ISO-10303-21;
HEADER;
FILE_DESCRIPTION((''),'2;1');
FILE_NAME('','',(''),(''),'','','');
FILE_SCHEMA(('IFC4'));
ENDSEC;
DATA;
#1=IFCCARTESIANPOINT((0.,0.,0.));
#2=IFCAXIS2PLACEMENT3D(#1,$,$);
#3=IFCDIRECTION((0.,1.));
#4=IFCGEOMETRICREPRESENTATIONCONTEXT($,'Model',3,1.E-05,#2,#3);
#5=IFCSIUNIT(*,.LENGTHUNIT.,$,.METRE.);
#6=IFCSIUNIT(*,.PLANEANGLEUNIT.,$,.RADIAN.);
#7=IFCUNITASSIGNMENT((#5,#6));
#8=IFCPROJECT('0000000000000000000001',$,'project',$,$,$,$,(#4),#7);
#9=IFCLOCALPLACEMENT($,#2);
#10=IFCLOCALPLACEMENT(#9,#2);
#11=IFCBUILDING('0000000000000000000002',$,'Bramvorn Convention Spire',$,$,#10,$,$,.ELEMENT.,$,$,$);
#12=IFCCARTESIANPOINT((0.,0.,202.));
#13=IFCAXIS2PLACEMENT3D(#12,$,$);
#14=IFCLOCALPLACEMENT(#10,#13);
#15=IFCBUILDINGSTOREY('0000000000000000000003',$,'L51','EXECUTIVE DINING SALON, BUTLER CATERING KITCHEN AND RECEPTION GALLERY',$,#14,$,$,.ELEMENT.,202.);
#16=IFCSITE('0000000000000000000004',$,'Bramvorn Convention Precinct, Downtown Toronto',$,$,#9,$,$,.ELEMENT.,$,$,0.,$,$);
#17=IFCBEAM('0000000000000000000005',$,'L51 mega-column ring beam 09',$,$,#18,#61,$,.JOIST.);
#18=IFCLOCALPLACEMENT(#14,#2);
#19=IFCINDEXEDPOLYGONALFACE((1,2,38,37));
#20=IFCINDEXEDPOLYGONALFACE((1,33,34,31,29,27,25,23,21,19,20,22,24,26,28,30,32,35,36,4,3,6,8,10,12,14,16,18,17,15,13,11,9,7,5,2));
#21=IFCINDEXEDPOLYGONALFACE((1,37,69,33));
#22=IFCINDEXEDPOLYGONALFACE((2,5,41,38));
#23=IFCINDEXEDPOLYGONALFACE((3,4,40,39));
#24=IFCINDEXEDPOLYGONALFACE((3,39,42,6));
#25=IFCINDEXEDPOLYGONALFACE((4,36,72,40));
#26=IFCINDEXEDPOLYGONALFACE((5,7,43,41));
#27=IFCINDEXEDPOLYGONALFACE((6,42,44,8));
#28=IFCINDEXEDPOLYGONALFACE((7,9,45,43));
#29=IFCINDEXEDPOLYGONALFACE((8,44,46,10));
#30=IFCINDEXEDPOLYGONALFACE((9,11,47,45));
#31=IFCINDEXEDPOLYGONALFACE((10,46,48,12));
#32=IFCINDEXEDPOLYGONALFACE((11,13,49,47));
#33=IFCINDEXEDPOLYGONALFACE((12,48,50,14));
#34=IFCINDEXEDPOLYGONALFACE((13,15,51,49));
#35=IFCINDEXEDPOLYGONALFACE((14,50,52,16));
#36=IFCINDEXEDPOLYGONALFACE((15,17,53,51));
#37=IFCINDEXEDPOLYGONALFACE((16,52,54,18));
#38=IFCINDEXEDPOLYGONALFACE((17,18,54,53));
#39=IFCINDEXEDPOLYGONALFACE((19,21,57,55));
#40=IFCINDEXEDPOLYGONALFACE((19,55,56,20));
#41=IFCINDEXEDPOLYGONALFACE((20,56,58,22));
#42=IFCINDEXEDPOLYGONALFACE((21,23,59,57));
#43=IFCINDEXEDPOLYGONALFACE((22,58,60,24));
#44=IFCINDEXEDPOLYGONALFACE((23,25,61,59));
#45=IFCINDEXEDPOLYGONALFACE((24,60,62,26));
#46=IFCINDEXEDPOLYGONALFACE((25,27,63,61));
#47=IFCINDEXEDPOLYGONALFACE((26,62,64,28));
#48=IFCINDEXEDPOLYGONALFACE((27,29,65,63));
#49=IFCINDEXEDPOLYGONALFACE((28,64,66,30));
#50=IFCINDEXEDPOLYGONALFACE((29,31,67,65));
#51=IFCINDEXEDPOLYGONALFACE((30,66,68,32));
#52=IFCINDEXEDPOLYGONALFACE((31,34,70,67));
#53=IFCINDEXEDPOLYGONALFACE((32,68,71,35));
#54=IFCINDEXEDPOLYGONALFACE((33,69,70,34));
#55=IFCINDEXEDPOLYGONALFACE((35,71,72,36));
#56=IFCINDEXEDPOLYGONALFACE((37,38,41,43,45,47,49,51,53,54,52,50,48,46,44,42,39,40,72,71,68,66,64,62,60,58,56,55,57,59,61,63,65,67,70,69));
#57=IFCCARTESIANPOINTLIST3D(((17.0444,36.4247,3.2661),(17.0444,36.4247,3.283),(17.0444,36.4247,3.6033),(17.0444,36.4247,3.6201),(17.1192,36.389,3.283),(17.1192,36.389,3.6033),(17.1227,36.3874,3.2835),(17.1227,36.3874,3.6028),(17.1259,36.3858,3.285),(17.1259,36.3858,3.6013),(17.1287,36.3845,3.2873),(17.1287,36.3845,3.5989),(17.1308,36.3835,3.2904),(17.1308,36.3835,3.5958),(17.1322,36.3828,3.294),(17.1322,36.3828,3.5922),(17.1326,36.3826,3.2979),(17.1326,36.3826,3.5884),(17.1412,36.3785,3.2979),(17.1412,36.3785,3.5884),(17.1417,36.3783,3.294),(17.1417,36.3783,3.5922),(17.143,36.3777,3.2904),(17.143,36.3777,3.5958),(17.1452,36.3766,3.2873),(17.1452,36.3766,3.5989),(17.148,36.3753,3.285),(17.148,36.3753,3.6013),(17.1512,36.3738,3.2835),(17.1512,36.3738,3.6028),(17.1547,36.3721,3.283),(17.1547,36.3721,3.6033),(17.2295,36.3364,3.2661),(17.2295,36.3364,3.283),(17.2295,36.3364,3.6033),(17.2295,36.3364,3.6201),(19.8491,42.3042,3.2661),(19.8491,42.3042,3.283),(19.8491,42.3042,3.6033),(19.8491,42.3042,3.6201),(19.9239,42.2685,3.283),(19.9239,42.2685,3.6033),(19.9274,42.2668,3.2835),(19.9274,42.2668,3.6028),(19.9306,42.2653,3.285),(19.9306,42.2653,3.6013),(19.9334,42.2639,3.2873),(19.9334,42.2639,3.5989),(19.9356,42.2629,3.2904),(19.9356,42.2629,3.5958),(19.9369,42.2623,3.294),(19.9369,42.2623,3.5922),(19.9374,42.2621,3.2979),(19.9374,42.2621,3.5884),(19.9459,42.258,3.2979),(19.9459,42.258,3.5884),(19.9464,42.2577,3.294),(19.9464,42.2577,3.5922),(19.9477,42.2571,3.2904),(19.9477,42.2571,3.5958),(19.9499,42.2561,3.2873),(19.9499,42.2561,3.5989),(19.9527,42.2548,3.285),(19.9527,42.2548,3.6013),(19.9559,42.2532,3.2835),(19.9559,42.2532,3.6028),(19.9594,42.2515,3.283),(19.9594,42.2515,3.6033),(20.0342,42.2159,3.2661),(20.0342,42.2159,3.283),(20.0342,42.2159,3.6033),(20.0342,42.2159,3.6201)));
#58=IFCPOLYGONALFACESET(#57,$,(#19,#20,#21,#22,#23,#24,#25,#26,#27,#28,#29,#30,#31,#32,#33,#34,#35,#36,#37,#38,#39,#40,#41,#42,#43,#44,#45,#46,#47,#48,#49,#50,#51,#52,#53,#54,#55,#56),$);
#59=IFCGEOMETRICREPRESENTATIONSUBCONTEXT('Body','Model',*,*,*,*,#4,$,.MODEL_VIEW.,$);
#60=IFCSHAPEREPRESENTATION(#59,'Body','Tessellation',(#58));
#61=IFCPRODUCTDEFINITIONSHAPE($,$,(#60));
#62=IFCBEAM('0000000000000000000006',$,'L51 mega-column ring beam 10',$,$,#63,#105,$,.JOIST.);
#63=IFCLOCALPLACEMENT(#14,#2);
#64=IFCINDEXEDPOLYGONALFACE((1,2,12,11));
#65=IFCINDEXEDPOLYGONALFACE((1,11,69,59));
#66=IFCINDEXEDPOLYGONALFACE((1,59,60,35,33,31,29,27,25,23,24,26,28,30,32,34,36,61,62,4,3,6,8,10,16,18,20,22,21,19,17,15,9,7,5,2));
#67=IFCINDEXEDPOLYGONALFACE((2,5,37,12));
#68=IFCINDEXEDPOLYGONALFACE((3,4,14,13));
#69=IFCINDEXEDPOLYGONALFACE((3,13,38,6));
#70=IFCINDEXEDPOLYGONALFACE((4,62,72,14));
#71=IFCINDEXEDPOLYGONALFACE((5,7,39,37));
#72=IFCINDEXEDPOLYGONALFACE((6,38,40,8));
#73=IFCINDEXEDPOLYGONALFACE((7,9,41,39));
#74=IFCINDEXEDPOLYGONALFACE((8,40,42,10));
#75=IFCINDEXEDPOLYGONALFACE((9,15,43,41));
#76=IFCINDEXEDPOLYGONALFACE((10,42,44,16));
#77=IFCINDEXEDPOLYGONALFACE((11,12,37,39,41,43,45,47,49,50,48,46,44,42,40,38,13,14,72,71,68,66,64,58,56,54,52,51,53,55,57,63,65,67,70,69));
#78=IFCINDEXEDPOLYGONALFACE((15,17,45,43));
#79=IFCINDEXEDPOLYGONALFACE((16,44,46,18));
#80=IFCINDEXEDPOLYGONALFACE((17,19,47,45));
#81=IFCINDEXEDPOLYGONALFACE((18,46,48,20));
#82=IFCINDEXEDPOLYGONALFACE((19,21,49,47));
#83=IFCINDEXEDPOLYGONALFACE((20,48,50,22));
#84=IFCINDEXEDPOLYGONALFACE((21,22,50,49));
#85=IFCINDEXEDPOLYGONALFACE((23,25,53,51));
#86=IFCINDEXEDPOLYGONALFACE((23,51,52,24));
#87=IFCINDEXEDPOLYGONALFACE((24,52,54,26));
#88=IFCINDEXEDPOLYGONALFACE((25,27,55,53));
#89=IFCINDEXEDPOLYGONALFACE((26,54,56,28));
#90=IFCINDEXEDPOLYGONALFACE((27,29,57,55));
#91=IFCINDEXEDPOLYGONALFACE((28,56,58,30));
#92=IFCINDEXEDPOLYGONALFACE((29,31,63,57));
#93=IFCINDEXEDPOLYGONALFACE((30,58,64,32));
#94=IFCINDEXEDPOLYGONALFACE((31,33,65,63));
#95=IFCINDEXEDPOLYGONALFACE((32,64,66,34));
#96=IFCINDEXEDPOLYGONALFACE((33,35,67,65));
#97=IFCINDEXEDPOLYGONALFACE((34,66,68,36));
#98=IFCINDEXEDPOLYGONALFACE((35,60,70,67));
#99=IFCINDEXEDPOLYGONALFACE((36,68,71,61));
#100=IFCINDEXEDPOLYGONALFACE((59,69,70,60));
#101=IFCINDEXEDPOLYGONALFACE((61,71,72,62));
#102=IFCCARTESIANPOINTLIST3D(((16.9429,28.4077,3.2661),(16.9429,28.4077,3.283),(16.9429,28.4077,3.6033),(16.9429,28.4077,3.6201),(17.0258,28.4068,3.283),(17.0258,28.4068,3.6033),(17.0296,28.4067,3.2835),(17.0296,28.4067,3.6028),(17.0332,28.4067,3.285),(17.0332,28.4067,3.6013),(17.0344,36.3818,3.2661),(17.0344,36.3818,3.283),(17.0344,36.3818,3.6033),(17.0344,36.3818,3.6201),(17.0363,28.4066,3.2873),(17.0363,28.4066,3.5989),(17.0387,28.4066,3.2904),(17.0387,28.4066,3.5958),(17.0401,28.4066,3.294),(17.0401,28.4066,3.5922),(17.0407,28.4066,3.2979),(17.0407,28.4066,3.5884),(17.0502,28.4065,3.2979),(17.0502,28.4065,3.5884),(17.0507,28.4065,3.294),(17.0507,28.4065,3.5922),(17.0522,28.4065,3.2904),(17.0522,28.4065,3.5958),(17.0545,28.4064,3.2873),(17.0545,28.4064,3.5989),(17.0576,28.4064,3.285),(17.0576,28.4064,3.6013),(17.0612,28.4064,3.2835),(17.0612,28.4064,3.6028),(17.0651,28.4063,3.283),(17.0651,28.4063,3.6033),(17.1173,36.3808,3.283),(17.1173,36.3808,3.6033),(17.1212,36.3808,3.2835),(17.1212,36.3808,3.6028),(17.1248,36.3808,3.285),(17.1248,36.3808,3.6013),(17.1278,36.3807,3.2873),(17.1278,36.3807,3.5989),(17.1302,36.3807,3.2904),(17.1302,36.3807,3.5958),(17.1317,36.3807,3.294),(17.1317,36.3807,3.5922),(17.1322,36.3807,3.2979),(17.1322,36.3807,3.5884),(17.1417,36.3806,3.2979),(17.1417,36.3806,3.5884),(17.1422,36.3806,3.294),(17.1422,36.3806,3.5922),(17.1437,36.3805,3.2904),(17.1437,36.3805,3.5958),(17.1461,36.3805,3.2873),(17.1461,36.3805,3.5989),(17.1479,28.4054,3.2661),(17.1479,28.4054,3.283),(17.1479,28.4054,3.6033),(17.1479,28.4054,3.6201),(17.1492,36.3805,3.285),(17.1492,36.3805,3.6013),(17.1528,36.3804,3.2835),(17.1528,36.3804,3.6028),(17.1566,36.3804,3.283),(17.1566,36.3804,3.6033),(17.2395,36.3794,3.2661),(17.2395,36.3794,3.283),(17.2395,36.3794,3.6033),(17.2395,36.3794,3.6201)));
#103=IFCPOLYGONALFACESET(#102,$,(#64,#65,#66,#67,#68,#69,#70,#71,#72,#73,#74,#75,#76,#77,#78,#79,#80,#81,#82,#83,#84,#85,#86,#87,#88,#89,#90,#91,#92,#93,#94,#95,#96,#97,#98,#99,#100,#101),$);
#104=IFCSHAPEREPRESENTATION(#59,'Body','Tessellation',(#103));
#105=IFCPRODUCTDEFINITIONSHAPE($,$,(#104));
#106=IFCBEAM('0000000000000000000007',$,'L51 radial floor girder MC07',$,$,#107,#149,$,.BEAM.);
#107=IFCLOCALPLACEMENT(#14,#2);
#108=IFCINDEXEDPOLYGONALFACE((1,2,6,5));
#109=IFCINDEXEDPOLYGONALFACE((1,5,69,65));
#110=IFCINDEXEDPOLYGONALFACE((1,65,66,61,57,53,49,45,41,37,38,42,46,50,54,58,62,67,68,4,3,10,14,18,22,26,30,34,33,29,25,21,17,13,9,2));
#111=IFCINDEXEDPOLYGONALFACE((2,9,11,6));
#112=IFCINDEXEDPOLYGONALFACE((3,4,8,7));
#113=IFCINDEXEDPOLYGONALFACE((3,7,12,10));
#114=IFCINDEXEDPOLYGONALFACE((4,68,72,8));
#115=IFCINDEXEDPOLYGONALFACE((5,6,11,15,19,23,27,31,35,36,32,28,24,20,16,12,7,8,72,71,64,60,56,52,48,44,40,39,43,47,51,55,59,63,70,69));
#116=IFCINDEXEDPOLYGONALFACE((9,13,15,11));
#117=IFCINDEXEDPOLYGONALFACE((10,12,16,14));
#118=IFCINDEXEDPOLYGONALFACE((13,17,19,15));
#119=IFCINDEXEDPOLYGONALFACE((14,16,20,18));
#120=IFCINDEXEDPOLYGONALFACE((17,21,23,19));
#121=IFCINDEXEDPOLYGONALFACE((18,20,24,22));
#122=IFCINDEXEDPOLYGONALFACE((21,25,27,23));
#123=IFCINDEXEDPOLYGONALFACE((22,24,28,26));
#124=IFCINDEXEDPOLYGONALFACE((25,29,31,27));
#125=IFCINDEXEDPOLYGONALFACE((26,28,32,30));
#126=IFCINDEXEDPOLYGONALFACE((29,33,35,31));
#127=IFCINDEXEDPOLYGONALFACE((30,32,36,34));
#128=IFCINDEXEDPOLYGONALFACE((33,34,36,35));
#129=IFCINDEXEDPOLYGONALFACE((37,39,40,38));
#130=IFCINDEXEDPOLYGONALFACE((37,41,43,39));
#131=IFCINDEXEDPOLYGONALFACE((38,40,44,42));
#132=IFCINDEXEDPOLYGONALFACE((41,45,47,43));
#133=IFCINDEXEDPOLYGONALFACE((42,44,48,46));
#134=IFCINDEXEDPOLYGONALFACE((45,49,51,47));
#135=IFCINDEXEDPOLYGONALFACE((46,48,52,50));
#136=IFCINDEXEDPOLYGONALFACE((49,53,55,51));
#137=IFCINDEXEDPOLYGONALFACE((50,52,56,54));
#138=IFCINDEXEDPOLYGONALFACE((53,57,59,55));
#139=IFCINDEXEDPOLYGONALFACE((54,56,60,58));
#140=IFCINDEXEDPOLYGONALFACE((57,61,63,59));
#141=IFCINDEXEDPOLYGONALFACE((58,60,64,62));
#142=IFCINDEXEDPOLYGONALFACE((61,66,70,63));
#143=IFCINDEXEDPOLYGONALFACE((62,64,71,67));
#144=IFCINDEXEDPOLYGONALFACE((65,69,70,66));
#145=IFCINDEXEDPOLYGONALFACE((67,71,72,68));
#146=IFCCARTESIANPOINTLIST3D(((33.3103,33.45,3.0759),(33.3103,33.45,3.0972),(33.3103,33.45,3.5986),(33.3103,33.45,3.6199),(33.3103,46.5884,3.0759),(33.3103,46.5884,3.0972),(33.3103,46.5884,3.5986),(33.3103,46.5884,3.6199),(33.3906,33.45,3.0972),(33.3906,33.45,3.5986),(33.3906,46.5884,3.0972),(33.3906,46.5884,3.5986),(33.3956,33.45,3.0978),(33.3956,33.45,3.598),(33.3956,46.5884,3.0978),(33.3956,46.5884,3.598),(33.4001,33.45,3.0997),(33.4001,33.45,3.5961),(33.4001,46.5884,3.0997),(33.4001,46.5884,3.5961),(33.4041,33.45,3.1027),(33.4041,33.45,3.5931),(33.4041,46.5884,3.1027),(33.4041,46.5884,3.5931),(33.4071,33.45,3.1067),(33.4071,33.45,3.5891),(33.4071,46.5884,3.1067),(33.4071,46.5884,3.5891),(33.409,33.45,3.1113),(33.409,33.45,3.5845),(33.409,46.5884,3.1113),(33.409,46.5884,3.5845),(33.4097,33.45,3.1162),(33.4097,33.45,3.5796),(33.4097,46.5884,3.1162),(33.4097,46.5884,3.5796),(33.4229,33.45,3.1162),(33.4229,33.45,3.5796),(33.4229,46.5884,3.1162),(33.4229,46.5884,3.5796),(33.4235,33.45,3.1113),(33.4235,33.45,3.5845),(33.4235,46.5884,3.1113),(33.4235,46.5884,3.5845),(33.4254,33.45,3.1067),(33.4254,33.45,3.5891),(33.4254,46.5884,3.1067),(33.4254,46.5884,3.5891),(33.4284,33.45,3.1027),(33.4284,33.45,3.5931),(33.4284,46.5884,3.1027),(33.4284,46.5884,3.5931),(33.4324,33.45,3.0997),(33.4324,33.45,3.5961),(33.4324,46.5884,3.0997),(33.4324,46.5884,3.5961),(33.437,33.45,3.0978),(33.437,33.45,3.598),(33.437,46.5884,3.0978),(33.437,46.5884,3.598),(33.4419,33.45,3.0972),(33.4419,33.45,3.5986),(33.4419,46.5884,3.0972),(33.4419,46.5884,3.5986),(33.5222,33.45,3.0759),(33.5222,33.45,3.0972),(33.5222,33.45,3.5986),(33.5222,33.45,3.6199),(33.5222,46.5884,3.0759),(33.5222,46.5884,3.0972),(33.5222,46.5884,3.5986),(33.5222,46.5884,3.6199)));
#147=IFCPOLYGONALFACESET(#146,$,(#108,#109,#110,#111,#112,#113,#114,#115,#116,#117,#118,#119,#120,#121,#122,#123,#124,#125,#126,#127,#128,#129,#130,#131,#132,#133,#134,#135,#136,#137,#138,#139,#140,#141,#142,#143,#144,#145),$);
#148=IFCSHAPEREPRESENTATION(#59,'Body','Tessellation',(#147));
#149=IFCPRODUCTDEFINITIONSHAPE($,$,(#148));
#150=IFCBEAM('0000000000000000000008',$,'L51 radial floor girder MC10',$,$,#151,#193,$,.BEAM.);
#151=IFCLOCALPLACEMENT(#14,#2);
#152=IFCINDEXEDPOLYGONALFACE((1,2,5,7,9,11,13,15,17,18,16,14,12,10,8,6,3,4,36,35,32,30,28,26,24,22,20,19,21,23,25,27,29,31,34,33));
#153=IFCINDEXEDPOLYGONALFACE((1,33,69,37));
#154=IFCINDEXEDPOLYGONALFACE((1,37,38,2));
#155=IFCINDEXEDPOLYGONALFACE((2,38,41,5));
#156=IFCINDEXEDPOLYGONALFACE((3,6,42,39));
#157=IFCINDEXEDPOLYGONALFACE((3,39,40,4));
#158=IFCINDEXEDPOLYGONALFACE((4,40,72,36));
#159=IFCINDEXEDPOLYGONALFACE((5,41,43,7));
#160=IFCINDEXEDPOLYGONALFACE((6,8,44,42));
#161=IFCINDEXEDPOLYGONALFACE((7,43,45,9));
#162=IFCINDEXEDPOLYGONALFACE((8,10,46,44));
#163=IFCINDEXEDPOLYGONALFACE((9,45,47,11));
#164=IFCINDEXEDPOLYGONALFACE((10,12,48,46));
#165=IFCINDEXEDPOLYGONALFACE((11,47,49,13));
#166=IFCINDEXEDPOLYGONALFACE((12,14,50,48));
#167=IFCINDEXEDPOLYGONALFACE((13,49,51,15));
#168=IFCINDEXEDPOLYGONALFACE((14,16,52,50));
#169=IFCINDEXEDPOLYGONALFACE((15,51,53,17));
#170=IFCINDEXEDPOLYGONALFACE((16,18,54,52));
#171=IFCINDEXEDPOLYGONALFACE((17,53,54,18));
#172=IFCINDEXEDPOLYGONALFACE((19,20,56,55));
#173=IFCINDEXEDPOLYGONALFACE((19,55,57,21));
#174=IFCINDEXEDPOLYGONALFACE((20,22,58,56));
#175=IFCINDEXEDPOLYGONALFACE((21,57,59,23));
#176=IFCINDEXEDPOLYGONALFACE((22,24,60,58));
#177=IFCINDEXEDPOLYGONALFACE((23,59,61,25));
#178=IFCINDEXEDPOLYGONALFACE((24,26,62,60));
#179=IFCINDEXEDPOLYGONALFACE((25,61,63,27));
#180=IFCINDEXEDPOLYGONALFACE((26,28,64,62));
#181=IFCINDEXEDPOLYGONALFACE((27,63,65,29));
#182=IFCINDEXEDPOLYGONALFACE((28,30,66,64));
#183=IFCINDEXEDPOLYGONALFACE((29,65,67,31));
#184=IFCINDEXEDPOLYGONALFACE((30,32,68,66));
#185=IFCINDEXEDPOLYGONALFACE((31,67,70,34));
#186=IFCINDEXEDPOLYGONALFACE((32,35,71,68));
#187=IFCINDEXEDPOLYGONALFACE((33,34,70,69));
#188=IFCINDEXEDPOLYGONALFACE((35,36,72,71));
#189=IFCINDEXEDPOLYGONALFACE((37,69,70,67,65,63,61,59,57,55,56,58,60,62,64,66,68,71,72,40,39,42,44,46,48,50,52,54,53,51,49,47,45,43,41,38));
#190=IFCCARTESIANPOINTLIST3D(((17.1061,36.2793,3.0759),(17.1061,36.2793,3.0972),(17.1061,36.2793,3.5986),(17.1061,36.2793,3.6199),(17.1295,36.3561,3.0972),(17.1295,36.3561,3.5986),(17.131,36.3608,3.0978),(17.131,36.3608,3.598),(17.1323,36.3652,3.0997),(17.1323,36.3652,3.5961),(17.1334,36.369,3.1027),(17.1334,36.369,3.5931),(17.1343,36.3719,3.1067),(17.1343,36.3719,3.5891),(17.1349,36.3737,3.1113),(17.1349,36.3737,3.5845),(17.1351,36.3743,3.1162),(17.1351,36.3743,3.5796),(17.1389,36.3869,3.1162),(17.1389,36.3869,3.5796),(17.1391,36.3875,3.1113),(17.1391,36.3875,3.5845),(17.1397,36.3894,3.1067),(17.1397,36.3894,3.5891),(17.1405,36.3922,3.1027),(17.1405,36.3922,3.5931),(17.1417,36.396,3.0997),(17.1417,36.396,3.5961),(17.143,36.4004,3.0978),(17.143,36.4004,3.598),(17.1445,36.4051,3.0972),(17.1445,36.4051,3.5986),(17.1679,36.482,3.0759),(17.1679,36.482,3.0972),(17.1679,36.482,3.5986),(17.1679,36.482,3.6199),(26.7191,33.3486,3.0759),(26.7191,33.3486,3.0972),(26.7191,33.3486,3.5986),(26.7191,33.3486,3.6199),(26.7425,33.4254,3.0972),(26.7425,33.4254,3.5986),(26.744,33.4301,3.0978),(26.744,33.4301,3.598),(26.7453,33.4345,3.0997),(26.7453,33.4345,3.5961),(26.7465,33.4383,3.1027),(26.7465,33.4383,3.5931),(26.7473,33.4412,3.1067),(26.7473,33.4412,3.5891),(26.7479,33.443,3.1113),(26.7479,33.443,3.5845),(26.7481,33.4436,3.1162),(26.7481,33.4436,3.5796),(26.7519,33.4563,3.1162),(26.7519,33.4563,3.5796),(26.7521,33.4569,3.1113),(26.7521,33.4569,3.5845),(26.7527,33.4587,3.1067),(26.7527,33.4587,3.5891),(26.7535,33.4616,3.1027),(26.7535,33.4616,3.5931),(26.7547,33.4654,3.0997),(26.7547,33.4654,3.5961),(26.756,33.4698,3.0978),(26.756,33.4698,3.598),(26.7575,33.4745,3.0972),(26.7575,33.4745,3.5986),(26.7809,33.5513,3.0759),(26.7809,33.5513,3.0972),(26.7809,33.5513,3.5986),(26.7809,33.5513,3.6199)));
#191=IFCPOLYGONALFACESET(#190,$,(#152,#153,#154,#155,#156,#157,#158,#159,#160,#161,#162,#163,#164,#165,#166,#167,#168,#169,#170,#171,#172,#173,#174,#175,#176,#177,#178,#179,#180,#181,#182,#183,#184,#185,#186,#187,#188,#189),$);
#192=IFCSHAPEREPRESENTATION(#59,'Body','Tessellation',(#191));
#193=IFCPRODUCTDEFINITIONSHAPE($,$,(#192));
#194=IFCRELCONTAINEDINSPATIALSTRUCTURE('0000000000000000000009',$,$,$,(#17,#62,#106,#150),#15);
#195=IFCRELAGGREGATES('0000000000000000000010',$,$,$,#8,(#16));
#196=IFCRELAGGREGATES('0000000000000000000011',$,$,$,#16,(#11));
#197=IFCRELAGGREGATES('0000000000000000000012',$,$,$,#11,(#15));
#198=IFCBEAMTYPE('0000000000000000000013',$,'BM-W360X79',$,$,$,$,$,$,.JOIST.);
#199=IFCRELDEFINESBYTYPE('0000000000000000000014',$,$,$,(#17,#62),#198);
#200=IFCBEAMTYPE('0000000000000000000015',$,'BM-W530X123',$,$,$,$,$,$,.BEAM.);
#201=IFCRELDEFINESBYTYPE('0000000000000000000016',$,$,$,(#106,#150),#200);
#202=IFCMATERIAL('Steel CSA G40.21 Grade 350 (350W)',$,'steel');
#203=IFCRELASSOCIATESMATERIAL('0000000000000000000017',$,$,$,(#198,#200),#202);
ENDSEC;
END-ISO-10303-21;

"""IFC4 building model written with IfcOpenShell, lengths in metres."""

from ifc_helpers import new_model, si_unit, direction, frame, origin, origin_2d, place, context, subcontext, project, spatial, i_section, extrude, material, material_profile, profile_set, type_object, element, save


model = new_model("IFC4")

# Units and contexts
model_context = context("Model", 3, precision=1e-05, world=origin(), true_north=direction((0.0, 1.0)))
body_context = subcontext(model_context, "Body", "Model", "MODEL_VIEW")
ifc_project = project(units=[si_unit("LENGTHUNIT", "METRE"), si_unit("PLANEANGLEUNIT", "RADIAN")], contexts=[model_context])

# Site, building, storey
site_placement = place(None, origin())
site = spatial("IfcSite", under=ifc_project, at=site_placement, Name="Bramvorn Convention Precinct, Downtown Toronto", CompositionType="ELEMENT", RefElevation=0.0)
building_placement = place(site_placement, origin())
building = spatial("IfcBuilding", under=site, at=building_placement, Name="Bramvorn Convention Spire", CompositionType="ELEMENT")
storey_placement = place(building_placement, frame((0.0, 0.0, 202.0)))
storey = spatial("IfcBuildingStorey", under=building, at=storey_placement, Name="L51", Description="EXECUTIVE DINING SALON, BUTLER CATERING KITCHEN AND RECEPTION GALLERY", CompositionType="ELEMENT", Elevation=202.0)

# Shared definitions
ifc_material_1 = material(Name="Steel CSA G40.21 Grade 350 (350W)", Category="steel")

# Beams
ifc_material_profile_1 = material_profile(ifc_material_1, i_section(OverallWidth=0.2051, OverallDepth=0.354, WebThickness=0.0095, FlangeThickness=0.0168, FilletRadius=0.0149, at=origin_2d()))
ifc_profile_set_1 = profile_set([ifc_material_profile_1], Name="Steel CSA G40.21 Grade 350 (350W) - W360X79")
beam_type_1 = type_object("IfcBeamType", Name="BM-W360X79", PredefinedType="JOIST", material=ifc_profile_set_1)
beam_1_placement = place(storey_placement, frame((19.9417, 42.26, 3.4431), z_axis=(-0.430556, -0.902564, 0.0), x_axis=(0.902564, -0.430556, 0.0)))
element("IfcBeam", 1, at=beam_1_placement, inside=storey, type_object=beam_type_1, Name="L51 mega-column ring beam 09", PredefinedType="JOIST", context=body_context, shape_type="SweptSolid", body=[
    extrude(i_section(OverallWidth=0.2051, OverallDepth=0.354, WebThickness=0.0095, FlangeThickness=0.0168, FilletRadius=0.0149, at=origin_2d()), origin(), (0.0, 0.0, 1.0), 6.5142),
])
beam_2_placement = place(storey_placement, frame((17.137, 36.3806, 3.4431), z_axis=(-0.01148, -0.999934, 0.0), x_axis=(0.999934, -0.01148, 0.0)))
element("IfcBeam", 2, at=beam_2_placement, inside=storey, type_object=beam_type_1, Name="L51 mega-column ring beam 10", PredefinedType="JOIST", context=body_context, shape_type="SweptSolid", body=[
    extrude(i_section(OverallWidth=0.2051, OverallDepth=0.354, WebThickness=0.0095, FlangeThickness=0.0168, FilletRadius=0.0149, at=origin_2d()), origin(), (0.0, 0.0, 1.0), 7.9746),
])
ifc_material_profile_2 = material_profile(ifc_material_1, i_section(OverallWidth=0.2119, OverallDepth=0.5439, WebThickness=0.0132, FlangeThickness=0.0212, FilletRadius=0.019, at=origin_2d()))
ifc_profile_set_2 = profile_set([ifc_material_profile_2], Name="Steel CSA G40.21 Grade 350 (350W) - W530X123")
beam_type_2 = type_object("IfcBeamType", Name="BM-W530X123", PredefinedType="BEAM", material=ifc_profile_set_2)
beam_3_placement = place(storey_placement, frame((33.4163, 33.45, 3.3479), z_axis=(0.0, 1.0, 0.0), x_axis=(-1.0, 0.0, 0.0)))
element("IfcBeam", 3, at=beam_3_placement, inside=storey, type_object=beam_type_2, Name="L51 radial floor girder MC07", PredefinedType="BEAM", context=body_context, shape_type="SweptSolid", body=[
    extrude(i_section(OverallWidth=0.2119, OverallDepth=0.5439, WebThickness=0.0132, FlangeThickness=0.0212, FilletRadius=0.019, at=origin_2d()), origin(), (0.0, 0.0, 1.0), 13.1384),
])
beam_4_placement = place(storey_placement, frame((26.75, 33.45, 3.3479), z_axis=(-0.956536, 0.291613, 0.0), x_axis=(-0.291613, -0.956536, 0.0)))
element("IfcBeam", 4, at=beam_4_placement, inside=storey, type_object=beam_type_2, Name="L51 radial floor girder MC10", PredefinedType="BEAM", context=body_context, shape_type="SweptSolid", body=[
    extrude(i_section(OverallWidth=0.2119, OverallDepth=0.5439, WebThickness=0.0132, FlangeThickness=0.0212, FilletRadius=0.019, at=origin_2d()), origin(), (0.0, 0.0, 1.0), 10.0498),
])

save(model, "model.ifc")
